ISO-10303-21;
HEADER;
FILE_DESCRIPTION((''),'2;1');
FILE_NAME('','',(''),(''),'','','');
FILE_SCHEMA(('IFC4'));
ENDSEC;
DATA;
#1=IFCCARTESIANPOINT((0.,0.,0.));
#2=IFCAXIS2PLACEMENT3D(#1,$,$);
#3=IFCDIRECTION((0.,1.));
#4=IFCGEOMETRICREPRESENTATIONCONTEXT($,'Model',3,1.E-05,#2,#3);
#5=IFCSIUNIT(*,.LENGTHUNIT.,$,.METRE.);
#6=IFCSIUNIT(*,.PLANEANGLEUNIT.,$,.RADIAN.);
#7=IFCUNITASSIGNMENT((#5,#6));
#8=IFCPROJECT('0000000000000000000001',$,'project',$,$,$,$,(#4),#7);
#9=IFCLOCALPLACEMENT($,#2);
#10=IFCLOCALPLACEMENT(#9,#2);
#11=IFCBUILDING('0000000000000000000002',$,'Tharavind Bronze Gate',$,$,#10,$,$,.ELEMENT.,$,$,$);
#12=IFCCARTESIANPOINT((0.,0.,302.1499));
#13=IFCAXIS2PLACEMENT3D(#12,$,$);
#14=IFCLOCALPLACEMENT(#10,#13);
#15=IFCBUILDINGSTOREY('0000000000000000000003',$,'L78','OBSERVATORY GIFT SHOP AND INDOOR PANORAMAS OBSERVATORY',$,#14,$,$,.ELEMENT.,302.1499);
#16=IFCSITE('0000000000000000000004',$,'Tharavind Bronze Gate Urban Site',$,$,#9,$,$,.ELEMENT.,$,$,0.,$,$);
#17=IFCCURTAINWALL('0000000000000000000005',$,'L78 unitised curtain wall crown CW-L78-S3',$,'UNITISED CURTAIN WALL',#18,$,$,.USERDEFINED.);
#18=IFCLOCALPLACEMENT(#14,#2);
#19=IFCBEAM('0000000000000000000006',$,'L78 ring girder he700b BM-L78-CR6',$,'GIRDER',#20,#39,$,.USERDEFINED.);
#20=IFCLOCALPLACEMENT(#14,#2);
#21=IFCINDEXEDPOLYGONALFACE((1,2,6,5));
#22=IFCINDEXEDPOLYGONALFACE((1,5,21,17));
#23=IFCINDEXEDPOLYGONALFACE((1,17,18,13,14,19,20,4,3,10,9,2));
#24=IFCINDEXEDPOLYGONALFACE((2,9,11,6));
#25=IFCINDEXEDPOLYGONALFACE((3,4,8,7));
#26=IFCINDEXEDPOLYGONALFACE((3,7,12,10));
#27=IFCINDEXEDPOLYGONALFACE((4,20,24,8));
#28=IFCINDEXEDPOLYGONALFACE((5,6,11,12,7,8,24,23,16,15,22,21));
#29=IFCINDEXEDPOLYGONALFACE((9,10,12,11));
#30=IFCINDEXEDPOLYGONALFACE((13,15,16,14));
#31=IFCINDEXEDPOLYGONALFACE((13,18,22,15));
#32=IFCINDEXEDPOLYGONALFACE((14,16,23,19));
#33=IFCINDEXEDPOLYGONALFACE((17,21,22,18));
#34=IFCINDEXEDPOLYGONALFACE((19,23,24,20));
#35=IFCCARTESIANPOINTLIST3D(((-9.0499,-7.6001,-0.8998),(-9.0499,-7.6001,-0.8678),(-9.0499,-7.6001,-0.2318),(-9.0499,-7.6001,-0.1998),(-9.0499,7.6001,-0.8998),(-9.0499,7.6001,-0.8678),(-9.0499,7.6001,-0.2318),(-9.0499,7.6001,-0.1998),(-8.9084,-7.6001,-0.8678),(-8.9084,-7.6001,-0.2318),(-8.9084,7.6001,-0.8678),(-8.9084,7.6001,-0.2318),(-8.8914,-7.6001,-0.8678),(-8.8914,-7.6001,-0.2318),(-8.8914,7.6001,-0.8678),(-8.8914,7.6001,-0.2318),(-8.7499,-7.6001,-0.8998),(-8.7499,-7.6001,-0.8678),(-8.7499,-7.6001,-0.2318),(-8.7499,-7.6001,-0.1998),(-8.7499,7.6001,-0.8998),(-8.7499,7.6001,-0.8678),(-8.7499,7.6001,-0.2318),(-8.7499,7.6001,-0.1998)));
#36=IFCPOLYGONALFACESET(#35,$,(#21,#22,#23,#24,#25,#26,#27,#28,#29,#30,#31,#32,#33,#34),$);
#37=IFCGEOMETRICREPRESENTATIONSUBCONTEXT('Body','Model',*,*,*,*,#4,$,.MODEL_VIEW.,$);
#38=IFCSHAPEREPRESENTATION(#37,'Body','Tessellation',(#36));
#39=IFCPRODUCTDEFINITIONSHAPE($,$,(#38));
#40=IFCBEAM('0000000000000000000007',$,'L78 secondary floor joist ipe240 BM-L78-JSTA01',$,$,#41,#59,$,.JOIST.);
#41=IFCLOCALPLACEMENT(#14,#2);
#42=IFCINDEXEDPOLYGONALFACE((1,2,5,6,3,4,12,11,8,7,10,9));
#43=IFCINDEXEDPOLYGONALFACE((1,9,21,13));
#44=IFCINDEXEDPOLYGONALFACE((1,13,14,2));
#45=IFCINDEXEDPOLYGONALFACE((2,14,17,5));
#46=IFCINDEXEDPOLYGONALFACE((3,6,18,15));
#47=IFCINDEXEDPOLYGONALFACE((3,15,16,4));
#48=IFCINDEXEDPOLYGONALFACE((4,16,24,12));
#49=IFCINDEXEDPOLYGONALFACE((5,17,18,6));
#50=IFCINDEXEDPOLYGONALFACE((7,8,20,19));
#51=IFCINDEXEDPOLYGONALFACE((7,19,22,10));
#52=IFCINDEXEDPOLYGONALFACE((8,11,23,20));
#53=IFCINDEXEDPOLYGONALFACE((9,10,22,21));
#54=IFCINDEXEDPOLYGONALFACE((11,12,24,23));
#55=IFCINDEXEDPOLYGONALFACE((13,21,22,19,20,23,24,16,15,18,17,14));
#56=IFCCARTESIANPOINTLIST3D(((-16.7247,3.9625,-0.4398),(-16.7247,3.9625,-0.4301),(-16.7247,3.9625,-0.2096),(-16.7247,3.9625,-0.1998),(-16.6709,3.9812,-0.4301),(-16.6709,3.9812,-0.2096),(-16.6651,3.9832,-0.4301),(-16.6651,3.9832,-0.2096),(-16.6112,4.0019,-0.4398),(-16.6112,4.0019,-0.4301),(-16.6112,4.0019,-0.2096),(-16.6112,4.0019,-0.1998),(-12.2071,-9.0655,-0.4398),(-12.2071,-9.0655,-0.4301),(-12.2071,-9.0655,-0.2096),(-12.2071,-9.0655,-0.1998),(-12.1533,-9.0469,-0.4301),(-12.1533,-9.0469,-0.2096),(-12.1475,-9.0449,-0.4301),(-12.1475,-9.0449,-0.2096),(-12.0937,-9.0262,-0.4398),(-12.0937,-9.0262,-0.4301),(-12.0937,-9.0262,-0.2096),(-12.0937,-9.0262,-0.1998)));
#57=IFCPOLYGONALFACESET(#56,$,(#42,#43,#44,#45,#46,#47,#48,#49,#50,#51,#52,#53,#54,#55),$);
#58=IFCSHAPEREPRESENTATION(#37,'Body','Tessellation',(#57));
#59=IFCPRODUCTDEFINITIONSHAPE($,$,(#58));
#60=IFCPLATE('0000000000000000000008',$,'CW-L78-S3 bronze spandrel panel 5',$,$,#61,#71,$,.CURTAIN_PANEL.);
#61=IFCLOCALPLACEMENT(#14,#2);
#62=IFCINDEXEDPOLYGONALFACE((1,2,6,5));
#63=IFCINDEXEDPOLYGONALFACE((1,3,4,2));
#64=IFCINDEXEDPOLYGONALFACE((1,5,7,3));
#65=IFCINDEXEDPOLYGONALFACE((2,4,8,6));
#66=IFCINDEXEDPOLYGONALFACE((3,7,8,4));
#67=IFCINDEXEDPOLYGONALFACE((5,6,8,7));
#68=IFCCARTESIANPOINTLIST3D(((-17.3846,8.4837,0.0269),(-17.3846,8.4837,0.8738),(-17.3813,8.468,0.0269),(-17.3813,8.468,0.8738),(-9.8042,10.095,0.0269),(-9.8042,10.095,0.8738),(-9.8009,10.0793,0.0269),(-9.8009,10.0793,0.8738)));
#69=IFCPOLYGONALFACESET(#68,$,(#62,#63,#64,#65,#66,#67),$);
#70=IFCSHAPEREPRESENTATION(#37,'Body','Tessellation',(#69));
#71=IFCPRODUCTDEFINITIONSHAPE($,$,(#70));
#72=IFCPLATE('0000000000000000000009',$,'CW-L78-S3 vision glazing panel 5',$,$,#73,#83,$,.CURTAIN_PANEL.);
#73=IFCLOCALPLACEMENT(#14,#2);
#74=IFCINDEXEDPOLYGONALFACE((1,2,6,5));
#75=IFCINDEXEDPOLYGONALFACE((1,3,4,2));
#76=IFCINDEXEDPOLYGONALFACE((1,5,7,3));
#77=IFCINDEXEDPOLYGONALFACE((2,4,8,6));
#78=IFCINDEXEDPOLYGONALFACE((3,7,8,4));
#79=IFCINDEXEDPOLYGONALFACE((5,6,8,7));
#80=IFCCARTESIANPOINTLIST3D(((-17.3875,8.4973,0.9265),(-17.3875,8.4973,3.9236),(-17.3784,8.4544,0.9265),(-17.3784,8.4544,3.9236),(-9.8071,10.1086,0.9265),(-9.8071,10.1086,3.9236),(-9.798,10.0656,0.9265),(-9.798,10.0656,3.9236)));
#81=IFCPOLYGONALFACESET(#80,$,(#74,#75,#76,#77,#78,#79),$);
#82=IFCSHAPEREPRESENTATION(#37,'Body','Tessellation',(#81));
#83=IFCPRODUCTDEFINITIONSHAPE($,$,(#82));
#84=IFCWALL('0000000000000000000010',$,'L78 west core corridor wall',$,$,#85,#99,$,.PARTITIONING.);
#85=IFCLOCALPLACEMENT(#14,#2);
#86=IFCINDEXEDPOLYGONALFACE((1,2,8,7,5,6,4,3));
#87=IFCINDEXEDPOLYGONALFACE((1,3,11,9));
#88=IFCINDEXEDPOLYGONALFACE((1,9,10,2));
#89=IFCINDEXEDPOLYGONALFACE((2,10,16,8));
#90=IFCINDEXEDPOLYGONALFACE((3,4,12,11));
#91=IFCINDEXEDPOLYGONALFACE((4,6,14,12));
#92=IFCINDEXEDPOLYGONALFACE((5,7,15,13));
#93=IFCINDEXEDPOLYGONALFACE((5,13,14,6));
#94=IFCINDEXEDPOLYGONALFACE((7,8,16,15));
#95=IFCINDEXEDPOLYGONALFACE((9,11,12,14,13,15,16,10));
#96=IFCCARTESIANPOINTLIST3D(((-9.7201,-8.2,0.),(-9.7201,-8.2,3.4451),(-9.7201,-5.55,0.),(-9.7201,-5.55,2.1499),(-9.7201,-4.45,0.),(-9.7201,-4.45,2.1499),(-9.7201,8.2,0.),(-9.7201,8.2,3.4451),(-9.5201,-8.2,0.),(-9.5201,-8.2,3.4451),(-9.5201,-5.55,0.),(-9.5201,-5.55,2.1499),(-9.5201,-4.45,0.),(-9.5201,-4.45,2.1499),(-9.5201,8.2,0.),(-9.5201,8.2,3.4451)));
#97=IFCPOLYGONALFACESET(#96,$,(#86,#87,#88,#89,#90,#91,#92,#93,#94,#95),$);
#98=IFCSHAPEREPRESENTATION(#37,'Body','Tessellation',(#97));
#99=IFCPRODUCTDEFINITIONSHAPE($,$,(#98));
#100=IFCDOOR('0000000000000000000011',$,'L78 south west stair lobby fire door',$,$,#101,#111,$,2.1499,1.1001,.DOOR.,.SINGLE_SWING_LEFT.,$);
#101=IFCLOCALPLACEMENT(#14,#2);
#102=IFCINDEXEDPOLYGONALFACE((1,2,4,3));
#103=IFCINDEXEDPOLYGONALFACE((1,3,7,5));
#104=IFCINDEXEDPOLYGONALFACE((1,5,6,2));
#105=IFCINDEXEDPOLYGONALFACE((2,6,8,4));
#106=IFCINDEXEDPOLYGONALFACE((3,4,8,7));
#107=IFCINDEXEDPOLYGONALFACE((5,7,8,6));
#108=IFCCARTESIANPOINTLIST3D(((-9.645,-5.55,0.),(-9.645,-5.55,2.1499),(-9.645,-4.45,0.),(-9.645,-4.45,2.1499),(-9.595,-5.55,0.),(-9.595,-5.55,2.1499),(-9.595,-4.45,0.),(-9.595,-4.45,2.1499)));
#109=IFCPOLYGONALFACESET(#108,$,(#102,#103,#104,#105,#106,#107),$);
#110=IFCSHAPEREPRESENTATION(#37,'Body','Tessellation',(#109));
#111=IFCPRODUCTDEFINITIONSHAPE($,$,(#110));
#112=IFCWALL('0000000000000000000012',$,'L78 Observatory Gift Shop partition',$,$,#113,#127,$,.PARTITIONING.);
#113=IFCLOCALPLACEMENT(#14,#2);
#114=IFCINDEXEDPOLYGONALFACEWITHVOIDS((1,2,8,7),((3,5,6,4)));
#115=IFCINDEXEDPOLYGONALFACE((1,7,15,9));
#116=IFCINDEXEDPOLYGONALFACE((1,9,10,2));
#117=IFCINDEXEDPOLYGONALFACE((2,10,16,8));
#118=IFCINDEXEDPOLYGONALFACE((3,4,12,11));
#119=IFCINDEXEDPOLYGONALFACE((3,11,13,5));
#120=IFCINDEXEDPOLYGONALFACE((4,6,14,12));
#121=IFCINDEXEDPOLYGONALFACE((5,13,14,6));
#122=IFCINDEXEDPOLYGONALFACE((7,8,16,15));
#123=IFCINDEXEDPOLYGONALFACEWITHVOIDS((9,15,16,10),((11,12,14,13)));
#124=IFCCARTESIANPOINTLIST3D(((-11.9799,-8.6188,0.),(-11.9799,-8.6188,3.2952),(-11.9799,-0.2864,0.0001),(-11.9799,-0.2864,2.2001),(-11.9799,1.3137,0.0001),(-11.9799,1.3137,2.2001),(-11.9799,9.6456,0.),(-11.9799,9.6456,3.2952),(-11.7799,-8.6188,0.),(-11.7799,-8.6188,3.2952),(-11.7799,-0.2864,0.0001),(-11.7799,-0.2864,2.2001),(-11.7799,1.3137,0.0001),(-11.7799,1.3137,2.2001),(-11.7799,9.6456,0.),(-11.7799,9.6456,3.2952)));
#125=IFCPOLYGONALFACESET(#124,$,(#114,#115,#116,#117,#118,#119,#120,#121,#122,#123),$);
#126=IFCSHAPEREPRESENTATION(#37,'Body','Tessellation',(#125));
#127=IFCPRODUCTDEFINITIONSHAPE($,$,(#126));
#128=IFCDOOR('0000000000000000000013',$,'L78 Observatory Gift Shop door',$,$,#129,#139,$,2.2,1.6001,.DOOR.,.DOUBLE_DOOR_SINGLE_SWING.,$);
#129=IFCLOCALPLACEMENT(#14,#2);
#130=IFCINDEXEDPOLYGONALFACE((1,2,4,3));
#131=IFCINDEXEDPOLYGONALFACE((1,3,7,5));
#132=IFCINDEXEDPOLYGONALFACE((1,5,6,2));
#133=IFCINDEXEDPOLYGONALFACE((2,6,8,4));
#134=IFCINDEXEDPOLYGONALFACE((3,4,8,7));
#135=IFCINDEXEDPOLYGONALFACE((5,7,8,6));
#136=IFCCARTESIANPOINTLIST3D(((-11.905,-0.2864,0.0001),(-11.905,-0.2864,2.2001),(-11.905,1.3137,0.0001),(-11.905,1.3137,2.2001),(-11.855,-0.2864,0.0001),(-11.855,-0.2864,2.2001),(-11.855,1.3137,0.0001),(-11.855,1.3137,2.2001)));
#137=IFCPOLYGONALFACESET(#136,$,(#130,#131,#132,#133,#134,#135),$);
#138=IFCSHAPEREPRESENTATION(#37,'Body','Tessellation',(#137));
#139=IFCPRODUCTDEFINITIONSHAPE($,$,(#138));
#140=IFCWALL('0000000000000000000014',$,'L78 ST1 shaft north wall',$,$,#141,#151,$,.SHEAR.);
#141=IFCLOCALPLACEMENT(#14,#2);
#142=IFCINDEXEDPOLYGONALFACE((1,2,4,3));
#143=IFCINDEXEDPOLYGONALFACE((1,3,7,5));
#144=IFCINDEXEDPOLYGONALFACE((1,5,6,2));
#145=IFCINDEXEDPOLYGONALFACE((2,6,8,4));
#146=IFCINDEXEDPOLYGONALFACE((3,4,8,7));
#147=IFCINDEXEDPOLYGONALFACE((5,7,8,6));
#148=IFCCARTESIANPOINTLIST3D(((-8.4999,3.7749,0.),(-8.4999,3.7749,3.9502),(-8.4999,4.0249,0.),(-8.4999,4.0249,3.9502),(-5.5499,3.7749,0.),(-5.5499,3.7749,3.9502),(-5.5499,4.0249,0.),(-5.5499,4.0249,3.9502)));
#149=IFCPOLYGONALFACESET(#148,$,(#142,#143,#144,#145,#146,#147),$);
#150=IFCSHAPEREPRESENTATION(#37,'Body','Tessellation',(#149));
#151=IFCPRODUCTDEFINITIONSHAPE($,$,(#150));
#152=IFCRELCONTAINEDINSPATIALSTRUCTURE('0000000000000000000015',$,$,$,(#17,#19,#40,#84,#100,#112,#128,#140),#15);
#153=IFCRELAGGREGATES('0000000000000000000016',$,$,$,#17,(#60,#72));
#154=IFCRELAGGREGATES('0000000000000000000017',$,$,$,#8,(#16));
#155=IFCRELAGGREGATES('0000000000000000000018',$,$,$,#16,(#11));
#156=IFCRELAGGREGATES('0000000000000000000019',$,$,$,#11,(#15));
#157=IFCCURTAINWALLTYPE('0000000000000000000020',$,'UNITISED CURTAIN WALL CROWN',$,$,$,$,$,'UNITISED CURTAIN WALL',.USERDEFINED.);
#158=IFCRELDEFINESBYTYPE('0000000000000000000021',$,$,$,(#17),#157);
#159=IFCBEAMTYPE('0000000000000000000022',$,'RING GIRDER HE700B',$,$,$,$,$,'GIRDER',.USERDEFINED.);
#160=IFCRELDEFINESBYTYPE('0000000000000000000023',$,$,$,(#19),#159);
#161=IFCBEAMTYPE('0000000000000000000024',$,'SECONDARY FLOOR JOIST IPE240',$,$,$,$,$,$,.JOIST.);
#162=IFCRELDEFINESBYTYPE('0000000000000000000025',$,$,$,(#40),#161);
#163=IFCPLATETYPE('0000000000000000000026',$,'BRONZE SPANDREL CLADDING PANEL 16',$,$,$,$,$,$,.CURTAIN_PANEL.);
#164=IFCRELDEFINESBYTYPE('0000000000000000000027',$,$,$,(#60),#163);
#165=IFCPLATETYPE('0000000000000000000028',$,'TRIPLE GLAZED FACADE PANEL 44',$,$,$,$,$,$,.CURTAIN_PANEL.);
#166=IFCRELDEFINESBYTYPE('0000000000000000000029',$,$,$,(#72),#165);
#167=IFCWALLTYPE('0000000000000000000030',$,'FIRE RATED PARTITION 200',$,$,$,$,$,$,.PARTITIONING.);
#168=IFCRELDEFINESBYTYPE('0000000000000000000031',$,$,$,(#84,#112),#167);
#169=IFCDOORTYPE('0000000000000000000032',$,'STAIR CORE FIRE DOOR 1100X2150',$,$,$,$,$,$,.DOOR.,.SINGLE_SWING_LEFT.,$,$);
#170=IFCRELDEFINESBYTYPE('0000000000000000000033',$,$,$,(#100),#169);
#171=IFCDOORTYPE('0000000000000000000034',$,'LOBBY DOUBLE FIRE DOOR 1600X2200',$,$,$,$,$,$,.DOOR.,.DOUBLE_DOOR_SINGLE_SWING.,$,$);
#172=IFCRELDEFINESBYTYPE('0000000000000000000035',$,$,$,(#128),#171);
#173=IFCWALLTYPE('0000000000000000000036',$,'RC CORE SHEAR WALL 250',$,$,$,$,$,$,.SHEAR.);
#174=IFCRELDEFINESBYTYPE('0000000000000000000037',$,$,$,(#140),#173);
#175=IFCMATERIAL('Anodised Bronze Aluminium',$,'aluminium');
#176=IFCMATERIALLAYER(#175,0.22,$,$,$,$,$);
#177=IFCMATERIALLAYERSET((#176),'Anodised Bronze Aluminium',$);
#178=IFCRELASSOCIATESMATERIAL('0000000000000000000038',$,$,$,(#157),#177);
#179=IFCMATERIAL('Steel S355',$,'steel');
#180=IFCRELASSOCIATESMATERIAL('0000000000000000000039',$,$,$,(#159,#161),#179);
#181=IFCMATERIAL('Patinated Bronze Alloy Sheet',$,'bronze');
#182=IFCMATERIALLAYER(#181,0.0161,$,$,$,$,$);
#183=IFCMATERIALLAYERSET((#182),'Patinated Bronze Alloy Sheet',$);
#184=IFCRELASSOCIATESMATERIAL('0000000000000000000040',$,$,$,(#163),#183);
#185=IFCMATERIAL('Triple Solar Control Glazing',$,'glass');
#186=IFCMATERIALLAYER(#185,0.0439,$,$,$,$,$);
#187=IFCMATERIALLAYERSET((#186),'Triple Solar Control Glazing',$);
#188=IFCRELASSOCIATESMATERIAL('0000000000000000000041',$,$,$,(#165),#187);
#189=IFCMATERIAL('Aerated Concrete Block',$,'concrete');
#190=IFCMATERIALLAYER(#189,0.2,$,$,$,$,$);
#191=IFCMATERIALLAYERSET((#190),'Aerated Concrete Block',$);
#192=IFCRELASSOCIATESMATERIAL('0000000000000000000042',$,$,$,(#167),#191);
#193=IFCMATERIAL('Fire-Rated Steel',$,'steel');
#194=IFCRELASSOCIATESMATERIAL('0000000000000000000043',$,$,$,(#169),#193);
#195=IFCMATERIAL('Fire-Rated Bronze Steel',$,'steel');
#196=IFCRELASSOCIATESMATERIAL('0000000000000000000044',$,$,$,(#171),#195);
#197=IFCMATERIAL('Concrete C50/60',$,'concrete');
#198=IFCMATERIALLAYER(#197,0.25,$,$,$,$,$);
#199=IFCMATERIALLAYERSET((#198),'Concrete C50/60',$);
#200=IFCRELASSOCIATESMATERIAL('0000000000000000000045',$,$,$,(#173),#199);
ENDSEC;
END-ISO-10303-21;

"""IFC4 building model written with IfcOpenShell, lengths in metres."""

from ifc_helpers import new_model, si_unit, direction, frame, frame_2d, origin, origin_2d, place, context, subcontext, project, spatial, rectangle, i_section, extrude, material, layer, layer_set, material_profile, profile_set, type_object, element, fill, aggregate, save


model = new_model("IFC4")

# Units and contexts
model_context = context("Model", 3, precision=1e-05, world=origin(), true_north=direction((0.0, 1.0)))
body_context = subcontext(model_context, "Body", "Model", "MODEL_VIEW")
ifc_project = project(units=[si_unit("LENGTHUNIT", "METRE"), si_unit("PLANEANGLEUNIT", "RADIAN")], contexts=[model_context])

# Site, building, storey
site_placement = place(None, origin())
site = spatial("IfcSite", under=ifc_project, at=site_placement, Name="Tharavind Bronze Gate Urban Site", CompositionType="ELEMENT", RefElevation=0.0)
building_placement = place(site_placement, origin())
building = spatial("IfcBuilding", under=site, at=building_placement, Name="Tharavind Bronze Gate", CompositionType="ELEMENT")
storey_placement = place(building_placement, frame((0.0, 0.0, 302.1499)))
storey = spatial("IfcBuildingStorey", under=building, at=storey_placement, Name="L78", Description="OBSERVATORY GIFT SHOP AND INDOOR PANORAMAS OBSERVATORY", CompositionType="ELEMENT", Elevation=302.1499)

# Shared definitions
ifc_material_1 = material(Name="Concrete C50/60", Category="concrete")

# Curtain wall
ifc_material_2 = material(Name="Anodised Bronze Aluminium", Category="aluminium")
ifc_layer_1 = layer(ifc_material_2, 0.22)
ifc_layer_set_1 = layer_set([ifc_layer_1], Name="Anodised Bronze Aluminium")
curtain_wall_type = type_object("IfcCurtainWallType", Name="UNITISED CURTAIN WALL CROWN", ElementType="UNITISED CURTAIN WALL", PredefinedType="USERDEFINED", material=ifc_layer_set_1)
curtain_wall_placement = place(storey_placement, origin())
curtain_wall = element("IfcCurtainWall", 1, at=curtain_wall_placement, inside=storey, type_object=curtain_wall_type, Name="L78 unitised curtain wall crown CW-L78-S3", ObjectType="UNITISED CURTAIN WALL", PredefinedType="USERDEFINED")

# Beams
ifc_material_3 = material(Name="Steel S355", Category="steel")
ifc_material_profile_1 = material_profile(ifc_material_3, i_section(OverallWidth=0.3, OverallDepth=0.7, WebThickness=0.0171, FlangeThickness=0.032, at=origin_2d()), Name="HE700B")
ifc_profile_set_1 = profile_set([ifc_material_profile_1], Name="Steel S355")
beam_type_1 = type_object("IfcBeamType", Name="RING GIRDER HE700B", ElementType="GIRDER", PredefinedType="USERDEFINED", material=ifc_profile_set_1)
beam_1_placement = place(storey_placement, frame((-8.8999, 7.6001, -0.5498), z_axis=(0.0, -1.0, 0.0), x_axis=(1.0, 0.0, 0.0)))
element("IfcBeam", 2, at=beam_1_placement, inside=storey, type_object=beam_type_1, Name="L78 ring girder he700b BM-L78-CR6", ObjectType="GIRDER", PredefinedType="USERDEFINED", context=body_context, shape_type="SweptSolid", body=[
    extrude(i_section(OverallWidth=0.3, OverallDepth=0.7, WebThickness=0.0171, FlangeThickness=0.032, at=origin_2d()), origin(), (0.0, 0.0, 1.0), 15.2002),
])
ifc_material_profile_2 = material_profile(ifc_material_3, i_section(OverallWidth=0.1201, OverallDepth=0.24, WebThickness=0.0061, FlangeThickness=0.0098, at=origin_2d()), Name="IPE240")
ifc_profile_set_2 = profile_set([ifc_material_profile_2], Name="Steel S355")
beam_type_2 = type_object("IfcBeamType", Name="SECONDARY FLOOR JOIST IPE240", PredefinedType="JOIST", material=ifc_profile_set_2)
beam_2_placement = place(storey_placement, frame((-16.668, 3.9822, -0.3198), z_axis=(0.32762, -0.94481, 0.0), x_axis=(0.94481, 0.32762, 0.0)))
element("IfcBeam", 3, at=beam_2_placement, inside=storey, type_object=beam_type_2, Name="L78 secondary floor joist ipe240 BM-L78-JSTA01", PredefinedType="JOIST", context=body_context, shape_type="SweptSolid", body=[
    extrude(i_section(OverallWidth=0.1201, OverallDepth=0.24, WebThickness=0.0061, FlangeThickness=0.0098, at=origin_2d()), origin(), (0.0, 0.0, 1.0), 13.7891),
])

# Plates
ifc_material_4 = material(Name="Patinated Bronze Alloy Sheet", Category="bronze")
ifc_layer_2 = layer(ifc_material_4, 0.0161)
ifc_layer_set_2 = layer_set([ifc_layer_2], Name="Patinated Bronze Alloy Sheet")
plate_type_1 = type_object("IfcPlateType", Name="BRONZE SPANDREL CLADDING PANEL 16", PredefinedType="CURTAIN_PANEL", material=ifc_layer_set_2)
plate_1_placement = place(storey_placement, frame((-13.5928, 9.2815, 0.0269), z_axis=(0.0, 0.0, 1.0), x_axis=(-0.978147, -0.207913, 0.0)))
plate_1 = element("IfcPlate", 4, at=plate_1_placement, type_object=plate_type_1, Name="CW-L78-S3 bronze spandrel panel 5", PredefinedType="CURTAIN_PANEL", context=body_context, shape_type="SweptSolid", body=[
    extrude(rectangle(XDim=7.7498, YDim=0.0161, at=origin_2d()), origin(), (0.0, 0.0, 1.0), 0.8469),
])
ifc_material_5 = material(Name="Triple Solar Control Glazing", Category="glass")
ifc_layer_3 = layer(ifc_material_5, 0.0439)
ifc_layer_set_3 = layer_set([ifc_layer_3], Name="Triple Solar Control Glazing")
plate_type_2 = type_object("IfcPlateType", Name="TRIPLE GLAZED FACADE PANEL 44", PredefinedType="CURTAIN_PANEL", material=ifc_layer_set_3)
plate_2_placement = place(storey_placement, frame((-13.5928, 9.2815, 0.9265), z_axis=(0.0, 0.0, 1.0), x_axis=(-0.978147, -0.207913, 0.0)))
plate_2 = element("IfcPlate", 5, at=plate_2_placement, type_object=plate_type_2, Name="CW-L78-S3 vision glazing panel 5", PredefinedType="CURTAIN_PANEL", context=body_context, shape_type="SweptSolid", body=[
    extrude(rectangle(XDim=7.7498, YDim=0.0439, at=origin_2d()), origin(), (0.0, 0.0, 1.0), 2.9971),
])
aggregate(curtain_wall, [plate_1, plate_2])

# Walls, openings, doors
ifc_material_6 = material(Name="Aerated Concrete Block", Category="concrete")
ifc_layer_4 = layer(ifc_material_6, 0.2)
ifc_layer_set_4 = layer_set([ifc_layer_4], Name="Aerated Concrete Block")
wall_type_1 = type_object("IfcWallType", Name="FIRE RATED PARTITION 200", PredefinedType="PARTITIONING", material=ifc_layer_set_4)
wall_1_placement = place(storey_placement, frame((-9.6201, 8.2, 0.0), z_axis=(0.0, 0.0, 1.0), x_axis=(0.0, -1.0, 0.0)))
wall_1 = element("IfcWall", 6, at=wall_1_placement, inside=storey, type_object=wall_type_1, Name="L78 west core corridor wall", PredefinedType="PARTITIONING", context=body_context, shape_type="SweptSolid", body=[
    extrude(rectangle(XDim=16.3999, YDim=0.2, at=frame_2d((8.2, 0.0))), origin(), (0.0, 0.0, 1.0), 3.4451),
])
opening_1_placement = place(wall_1_placement, frame((12.6499, 0.0, 0.0)))
opening_1 = element("IfcOpeningElement", 7, at=opening_1_placement, cuts=wall_1, PredefinedType="OPENING", context=body_context, shape_type="SweptSolid", body=[
    extrude(rectangle(XDim=1.1001, YDim=2.1499, at=frame_2d((0.55, 1.075))), frame((0.0, 0.1101, 0.0), z_axis=(0.0, -1.0, 0.0), x_axis=(1.0, 0.0, 0.0)), (0.0, 0.0, 1.0), 0.22),
])
ifc_material_7 = material(Name="Fire-Rated Steel", Category="steel")
door_type_1 = type_object("IfcDoorType", Name="STAIR CORE FIRE DOOR 1100X2150", OperationType="SINGLE_SWING_LEFT", PredefinedType="DOOR", material=ifc_material_7)
door_1_placement = place(opening_1_placement, frame((1.1001, 0.0, 0.0), z_axis=(0.0, 0.0, 1.0), x_axis=(-1.0, 0.0, 0.0)))
door_1 = element("IfcDoor", 8, at=door_1_placement, inside=storey, type_object=door_type_1, Name="L78 south west stair lobby fire door", OperationType="SINGLE_SWING_LEFT", OverallHeight=2.1499, OverallWidth=1.1001, PredefinedType="DOOR", context=body_context, shape_type="SweptSolid", body=[
    extrude(rectangle(XDim=1.1001, YDim=2.1499, at=frame_2d((0.55, 1.075))), frame((0.0, 0.0249, 0.0), z_axis=(0.0, -1.0, 0.0), x_axis=(1.0, 0.0, 0.0)), (0.0, 0.0, 1.0), 0.05),
])
fill(opening_1, door_1)
wall_2_placement = place(storey_placement, frame((-11.8799, 9.6458, 0.0), z_axis=(0.0, 0.0, 1.0), x_axis=(0.0, -1.0, 0.0)))
wall_2 = element("IfcWall", 9, at=wall_2_placement, inside=storey, type_object=wall_type_1, Name="L78 Observatory Gift Shop partition", PredefinedType="PARTITIONING", context=body_context, shape_type="SweptSolid", body=[
    extrude(rectangle(XDim=18.2644, YDim=0.2, at=frame_2d((9.1323, 0.0))), origin(), (0.0, 0.0, 1.0), 3.2952),
])
opening_2_placement = place(wall_2_placement, frame((8.332, 0.0, 0.0)))
opening_2 = element("IfcOpeningElement", 10, at=opening_2_placement, cuts=wall_2, PredefinedType="OPENING", context=body_context, shape_type="SweptSolid", body=[
    extrude(rectangle(XDim=1.6001, YDim=2.2, at=frame_2d((0.8, 1.1001))), frame((0.0, 0.1101, 0.0), z_axis=(0.0, -1.0, 0.0), x_axis=(1.0, 0.0, 0.0)), (0.0, 0.0, 1.0), 0.22),
])
ifc_material_8 = material(Name="Fire-Rated Bronze Steel", Category="steel")
door_type_2 = type_object("IfcDoorType", Name="LOBBY DOUBLE FIRE DOOR 1600X2200", OperationType="DOUBLE_DOOR_SINGLE_SWING", PredefinedType="DOOR", material=ifc_material_8)
door_2_placement = place(opening_2_placement, origin())
door_2 = element("IfcDoor", 11, at=door_2_placement, inside=storey, type_object=door_type_2, Name="L78 Observatory Gift Shop door", OperationType="DOUBLE_DOOR_SINGLE_SWING", OverallHeight=2.2, OverallWidth=1.6001, PredefinedType="DOOR", context=body_context, shape_type="SweptSolid", body=[
    extrude(rectangle(XDim=1.6001, YDim=2.2, at=frame_2d((0.8, 1.1001))), frame((0.0, 0.0249, 0.0), z_axis=(0.0, -1.0, 0.0), x_axis=(1.0, 0.0, 0.0)), (0.0, 0.0, 1.0), 0.05),
])
fill(opening_2, door_2)

# Wall
ifc_layer_5 = layer(ifc_material_1, 0.25)
ifc_layer_set_5 = layer_set([ifc_layer_5], Name="Concrete C50/60")
wall_type_2 = type_object("IfcWallType", Name="RC CORE SHEAR WALL 250", PredefinedType="SHEAR", material=ifc_layer_set_5)
wall_3_placement = place(storey_placement, frame((-8.5, 3.8999, 0.0), z_axis=(0.0, 0.0, 1.0), x_axis=(1.0, 0.0, 0.0)))
element("IfcWall", 12, at=wall_3_placement, inside=storey, type_object=wall_type_2, Name="L78 ST1 shaft north wall", PredefinedType="SHEAR", context=body_context, shape_type="SweptSolid", body=[
    extrude(rectangle(XDim=2.95, YDim=0.25, at=frame_2d((1.4751, 0.0))), origin(), (0.0, 0.0, 1.0), 3.9502),
])

save(model, "model.ifc")
